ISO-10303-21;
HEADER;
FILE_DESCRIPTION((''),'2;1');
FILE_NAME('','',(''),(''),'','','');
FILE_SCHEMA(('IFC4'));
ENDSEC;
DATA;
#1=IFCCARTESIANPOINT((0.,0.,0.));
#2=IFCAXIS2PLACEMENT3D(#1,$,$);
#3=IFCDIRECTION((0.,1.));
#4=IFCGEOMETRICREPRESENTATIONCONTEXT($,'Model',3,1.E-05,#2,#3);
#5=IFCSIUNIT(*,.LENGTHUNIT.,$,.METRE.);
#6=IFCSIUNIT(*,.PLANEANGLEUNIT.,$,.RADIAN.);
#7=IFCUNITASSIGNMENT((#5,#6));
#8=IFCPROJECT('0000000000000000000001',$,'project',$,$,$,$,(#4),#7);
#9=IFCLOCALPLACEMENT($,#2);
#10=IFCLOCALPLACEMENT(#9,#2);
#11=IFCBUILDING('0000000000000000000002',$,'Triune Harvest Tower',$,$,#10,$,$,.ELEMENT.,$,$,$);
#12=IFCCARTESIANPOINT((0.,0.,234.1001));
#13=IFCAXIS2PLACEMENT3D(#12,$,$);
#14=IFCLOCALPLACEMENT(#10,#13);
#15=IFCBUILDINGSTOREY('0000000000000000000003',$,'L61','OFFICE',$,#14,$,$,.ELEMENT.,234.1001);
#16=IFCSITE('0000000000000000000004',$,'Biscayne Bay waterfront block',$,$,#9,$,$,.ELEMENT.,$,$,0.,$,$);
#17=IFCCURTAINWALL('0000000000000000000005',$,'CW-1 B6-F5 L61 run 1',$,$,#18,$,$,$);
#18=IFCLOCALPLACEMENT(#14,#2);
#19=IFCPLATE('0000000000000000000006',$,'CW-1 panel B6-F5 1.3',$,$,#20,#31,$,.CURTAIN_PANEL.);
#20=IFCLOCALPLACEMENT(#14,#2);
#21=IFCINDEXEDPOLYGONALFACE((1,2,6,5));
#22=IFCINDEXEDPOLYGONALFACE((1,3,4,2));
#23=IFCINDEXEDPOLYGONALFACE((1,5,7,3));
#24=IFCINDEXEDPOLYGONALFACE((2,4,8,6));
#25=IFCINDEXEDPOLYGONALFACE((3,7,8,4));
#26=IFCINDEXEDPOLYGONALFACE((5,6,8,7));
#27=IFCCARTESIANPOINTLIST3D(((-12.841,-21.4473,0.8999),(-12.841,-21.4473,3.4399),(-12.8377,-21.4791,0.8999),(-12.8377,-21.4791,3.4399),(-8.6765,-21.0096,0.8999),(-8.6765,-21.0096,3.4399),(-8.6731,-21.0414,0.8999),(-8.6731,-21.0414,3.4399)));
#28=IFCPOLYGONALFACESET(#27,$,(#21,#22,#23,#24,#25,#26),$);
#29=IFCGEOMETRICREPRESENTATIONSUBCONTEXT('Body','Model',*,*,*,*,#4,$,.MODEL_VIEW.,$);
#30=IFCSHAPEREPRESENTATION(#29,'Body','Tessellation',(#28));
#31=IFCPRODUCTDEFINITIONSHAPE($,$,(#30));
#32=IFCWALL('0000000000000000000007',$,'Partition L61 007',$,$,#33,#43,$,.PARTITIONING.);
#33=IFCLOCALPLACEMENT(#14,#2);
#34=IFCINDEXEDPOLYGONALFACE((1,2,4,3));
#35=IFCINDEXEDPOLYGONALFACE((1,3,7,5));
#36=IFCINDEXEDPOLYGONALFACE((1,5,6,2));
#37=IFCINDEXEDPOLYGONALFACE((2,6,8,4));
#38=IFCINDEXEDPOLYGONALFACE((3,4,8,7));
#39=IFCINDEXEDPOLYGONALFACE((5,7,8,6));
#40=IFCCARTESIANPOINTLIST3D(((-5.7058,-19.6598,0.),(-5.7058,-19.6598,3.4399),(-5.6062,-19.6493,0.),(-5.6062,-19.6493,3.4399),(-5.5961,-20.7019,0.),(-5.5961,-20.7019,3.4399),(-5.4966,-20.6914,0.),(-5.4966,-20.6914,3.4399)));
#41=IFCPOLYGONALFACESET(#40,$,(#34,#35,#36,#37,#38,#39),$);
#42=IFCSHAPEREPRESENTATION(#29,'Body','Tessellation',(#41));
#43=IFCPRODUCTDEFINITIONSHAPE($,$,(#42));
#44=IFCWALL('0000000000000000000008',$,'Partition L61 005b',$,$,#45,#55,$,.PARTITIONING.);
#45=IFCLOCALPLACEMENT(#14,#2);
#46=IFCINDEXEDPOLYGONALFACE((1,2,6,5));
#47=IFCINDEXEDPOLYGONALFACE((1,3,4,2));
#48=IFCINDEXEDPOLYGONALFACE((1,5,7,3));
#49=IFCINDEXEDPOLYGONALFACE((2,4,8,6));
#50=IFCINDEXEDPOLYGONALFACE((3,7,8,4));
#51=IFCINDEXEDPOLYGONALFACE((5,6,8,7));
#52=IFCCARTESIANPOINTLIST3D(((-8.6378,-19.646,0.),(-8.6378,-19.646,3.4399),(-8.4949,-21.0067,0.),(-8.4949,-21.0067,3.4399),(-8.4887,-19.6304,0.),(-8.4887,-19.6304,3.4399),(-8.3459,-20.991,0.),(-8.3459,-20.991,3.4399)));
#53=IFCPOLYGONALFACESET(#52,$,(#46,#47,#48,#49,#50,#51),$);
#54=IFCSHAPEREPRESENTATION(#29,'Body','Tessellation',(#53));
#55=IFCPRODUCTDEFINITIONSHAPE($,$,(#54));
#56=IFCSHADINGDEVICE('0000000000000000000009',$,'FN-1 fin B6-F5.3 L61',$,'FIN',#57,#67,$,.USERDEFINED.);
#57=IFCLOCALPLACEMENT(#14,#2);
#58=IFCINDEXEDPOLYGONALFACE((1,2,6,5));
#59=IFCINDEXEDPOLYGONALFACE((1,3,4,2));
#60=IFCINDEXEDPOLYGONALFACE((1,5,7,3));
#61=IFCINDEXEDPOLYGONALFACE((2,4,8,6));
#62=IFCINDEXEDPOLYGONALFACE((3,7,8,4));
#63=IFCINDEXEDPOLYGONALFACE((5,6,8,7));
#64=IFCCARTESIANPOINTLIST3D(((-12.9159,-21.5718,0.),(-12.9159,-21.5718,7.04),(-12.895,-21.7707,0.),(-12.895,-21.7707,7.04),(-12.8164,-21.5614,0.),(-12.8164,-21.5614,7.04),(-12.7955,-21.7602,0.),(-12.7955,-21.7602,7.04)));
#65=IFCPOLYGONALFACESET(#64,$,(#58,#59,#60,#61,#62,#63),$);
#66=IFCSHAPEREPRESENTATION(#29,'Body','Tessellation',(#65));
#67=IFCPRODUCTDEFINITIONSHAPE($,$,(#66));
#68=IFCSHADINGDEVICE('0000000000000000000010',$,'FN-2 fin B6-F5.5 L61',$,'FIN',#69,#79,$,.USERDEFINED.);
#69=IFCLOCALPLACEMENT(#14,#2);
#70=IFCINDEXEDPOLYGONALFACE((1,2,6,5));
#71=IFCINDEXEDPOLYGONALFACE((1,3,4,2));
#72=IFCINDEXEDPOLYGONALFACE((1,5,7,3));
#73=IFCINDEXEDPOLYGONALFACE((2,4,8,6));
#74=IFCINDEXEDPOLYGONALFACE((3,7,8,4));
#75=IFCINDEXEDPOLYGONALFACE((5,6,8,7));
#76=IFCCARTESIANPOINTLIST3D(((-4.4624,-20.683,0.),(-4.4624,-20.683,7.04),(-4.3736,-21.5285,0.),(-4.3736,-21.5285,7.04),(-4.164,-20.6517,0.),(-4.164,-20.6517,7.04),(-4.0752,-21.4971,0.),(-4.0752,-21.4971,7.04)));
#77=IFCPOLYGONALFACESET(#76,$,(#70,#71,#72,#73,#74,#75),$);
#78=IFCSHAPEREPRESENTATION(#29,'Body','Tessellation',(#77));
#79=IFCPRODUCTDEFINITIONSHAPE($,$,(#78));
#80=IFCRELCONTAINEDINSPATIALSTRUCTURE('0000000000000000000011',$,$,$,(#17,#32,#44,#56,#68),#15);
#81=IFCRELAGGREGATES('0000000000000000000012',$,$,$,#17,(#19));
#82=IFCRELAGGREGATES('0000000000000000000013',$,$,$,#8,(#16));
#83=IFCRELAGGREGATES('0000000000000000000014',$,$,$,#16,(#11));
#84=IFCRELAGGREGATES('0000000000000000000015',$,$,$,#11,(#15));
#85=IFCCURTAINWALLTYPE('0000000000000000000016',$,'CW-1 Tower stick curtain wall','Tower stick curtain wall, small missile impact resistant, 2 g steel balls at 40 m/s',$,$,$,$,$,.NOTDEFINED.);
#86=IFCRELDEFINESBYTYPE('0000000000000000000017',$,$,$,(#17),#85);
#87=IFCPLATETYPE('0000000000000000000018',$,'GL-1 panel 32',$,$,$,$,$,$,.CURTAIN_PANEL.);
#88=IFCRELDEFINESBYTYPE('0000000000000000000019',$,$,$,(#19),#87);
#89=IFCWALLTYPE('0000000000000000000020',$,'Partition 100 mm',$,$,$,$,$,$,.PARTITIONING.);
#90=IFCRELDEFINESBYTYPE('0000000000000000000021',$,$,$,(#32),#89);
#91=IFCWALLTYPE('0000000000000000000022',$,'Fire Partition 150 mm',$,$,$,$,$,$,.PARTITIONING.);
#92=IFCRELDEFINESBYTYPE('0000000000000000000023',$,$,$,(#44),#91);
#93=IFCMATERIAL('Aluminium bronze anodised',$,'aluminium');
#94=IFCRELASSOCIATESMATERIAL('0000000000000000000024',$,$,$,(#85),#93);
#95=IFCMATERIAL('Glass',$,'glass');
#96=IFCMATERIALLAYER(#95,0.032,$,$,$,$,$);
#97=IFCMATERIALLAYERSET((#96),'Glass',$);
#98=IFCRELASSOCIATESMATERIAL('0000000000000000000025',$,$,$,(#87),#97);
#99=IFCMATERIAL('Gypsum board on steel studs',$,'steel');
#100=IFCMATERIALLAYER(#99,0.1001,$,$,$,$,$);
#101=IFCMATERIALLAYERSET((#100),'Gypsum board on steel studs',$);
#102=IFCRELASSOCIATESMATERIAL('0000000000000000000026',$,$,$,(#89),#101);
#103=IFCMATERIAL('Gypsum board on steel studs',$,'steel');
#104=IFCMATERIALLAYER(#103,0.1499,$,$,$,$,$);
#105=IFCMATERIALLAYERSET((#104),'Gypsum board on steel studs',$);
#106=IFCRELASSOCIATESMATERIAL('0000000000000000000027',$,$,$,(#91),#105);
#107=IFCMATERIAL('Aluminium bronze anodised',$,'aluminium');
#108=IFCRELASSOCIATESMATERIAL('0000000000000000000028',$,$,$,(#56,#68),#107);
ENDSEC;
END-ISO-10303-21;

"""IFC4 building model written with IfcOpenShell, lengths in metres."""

from ifc_helpers import new_model, si_unit, direction, frame, frame_2d, origin, origin_2d, place, context, subcontext, project, spatial, rectangle, extrude, source, transform, mapped, material, layer, layer_set, type_object, element, aggregate, save


model = new_model("IFC4")

# Units and contexts
model_context = context("Model", 3, precision=1e-05, world=origin(), true_north=direction((0.0, 1.0)))
body_context = subcontext(model_context, "Body", "Model", "MODEL_VIEW")
ifc_project = project(units=[si_unit("LENGTHUNIT", "METRE"), si_unit("PLANEANGLEUNIT", "RADIAN")], contexts=[model_context])

# Site, building, storey
site_placement = place(None, origin())
site = spatial("IfcSite", under=ifc_project, at=site_placement, Name="Biscayne Bay waterfront block", CompositionType="ELEMENT", RefElevation=0.0)
building_placement = place(site_placement, origin())
building = spatial("IfcBuilding", under=site, at=building_placement, Name="Triune Harvest Tower", CompositionType="ELEMENT")
storey_placement = place(building_placement, frame((0.0, 0.0, 234.1001)))
storey = spatial("IfcBuildingStorey", under=building, at=storey_placement, Name="L61", Description="OFFICE", CompositionType="ELEMENT", Elevation=234.1001)

# Curtain wall
ifc_material_1 = material(Name="Aluminium bronze anodised", Category="aluminium")
curtain_wall_type_1 = type_object("IfcCurtainWallType", Name="CW-1 Tower stick curtain wall", Description="Tower stick curtain wall, small missile impact resistant, 2 g steel balls at 40 m/s", PredefinedType="NOTDEFINED", material=ifc_material_1)
curtain_wall_1_placement = place(storey_placement, origin())
curtain_wall_1 = element("IfcCurtainWall", 1, at=curtain_wall_1_placement, inside=storey, type_object=curtain_wall_type_1, Name="CW-1 B6-F5 L61 run 1")

# Plate
ifc_material_2 = material(Name="Glass", Category="glass")
ifc_layer_1 = layer(ifc_material_2, 0.032)
ifc_layer_set_1 = layer_set([ifc_layer_1], Name="Glass")
plate_type_1 = type_object("IfcPlateType", Name="GL-1 panel 32", PredefinedType="CURTAIN_PANEL", material=ifc_layer_set_1)
shared_shape_1 = source(origin(), body_context, "Body", "SweptSolid", [
    extrude(rectangle(XDim=4.1875, YDim=0.032, at=origin_2d()), origin(), (0.0, 0.0, 1.0), 2.54),
])
plate_1_placement = place(storey_placement, frame((-10.7571, -21.2444, 0.8999), z_axis=(0.0, 0.0, 1.0), x_axis=(0.994522, 0.104526, 0.0)))
plate_1 = element("IfcPlate", 2, at=plate_1_placement, type_object=plate_type_1, Name="CW-1 panel B6-F5 1.3", PredefinedType="CURTAIN_PANEL", context=body_context, shape_type="MappedRepresentation", body=[
    mapped(shared_shape_1, transform((0.0, 0.0, 0.0), scale=1.0)),
])
aggregate(curtain_wall_1, [plate_1])

# Walls
ifc_material_3 = material(Name="Gypsum board on steel studs", Category="steel")
ifc_layer_2 = layer(ifc_material_3, 0.1001)
ifc_layer_set_2 = layer_set([ifc_layer_2], Name="Gypsum board on steel studs")
wall_type_1 = type_object("IfcWallType", Name="Partition 100 mm", PredefinedType="PARTITIONING", material=ifc_layer_set_2)
shared_shape_2 = source(origin(), body_context, "Body", "SweptSolid", [
    extrude(rectangle(XDim=1.0479, YDim=0.1001, at=frame_2d((0.5239, 0.0))), origin(), (0.0, 0.0, 1.0), 3.4399),
])
wall_1_placement = place(storey_placement, frame((-5.656, -19.6545, 0.0), z_axis=(0.0, 0.0, 1.0), x_axis=(0.104624, -0.994512, 0.0)))
element("IfcWall", 3, at=wall_1_placement, inside=storey, type_object=wall_type_1, Name="Partition L61 007", PredefinedType="PARTITIONING", context=body_context, shape_type="MappedRepresentation", body=[
    mapped(shared_shape_2, transform((0.0, 0.0, 0.0), scale=1.0)),
])
ifc_material_4 = material(Name="Gypsum board on steel studs", Category="steel")
ifc_layer_3 = layer(ifc_material_4, 0.1499)
ifc_layer_set_3 = layer_set([ifc_layer_3], Name="Gypsum board on steel studs")
wall_type_2 = type_object("IfcWallType", Name="Fire Partition 150 mm", PredefinedType="PARTITIONING", material=ifc_layer_set_3)
shared_shape_3 = source(origin(), body_context, "Body", "SweptSolid", [
    extrude(rectangle(XDim=1.3682, YDim=0.1499, at=frame_2d((0.6841, 0.0))), origin(), (0.0, 0.0, 1.0), 3.4399),
])
wall_2_placement = place(storey_placement, frame((-8.5632, -19.6382, 0.0), z_axis=(0.0, 0.0, 1.0), x_axis=(0.104397, -0.994536, 0.0)))
element("IfcWall", 4, at=wall_2_placement, inside=storey, type_object=wall_type_2, Name="Partition L61 005b", PredefinedType="PARTITIONING", context=body_context, shape_type="MappedRepresentation", body=[
    mapped(shared_shape_3, transform((0.0, 0.0, 0.0), scale=1.0)),
])

# Shading devices
ifc_material_5 = material(Name="Aluminium bronze anodised", Category="aluminium")
shared_shape_4 = source(origin(), body_context, "Body", "SweptSolid", [
    extrude(rectangle(XDim=0.1001, YDim=0.2, at=origin_2d()), origin(), (0.0, 0.0, 1.0), 7.04),
])
shading_device_1_placement = place(storey_placement, frame((-12.8557, -21.666, 0.0), z_axis=(0.0, 0.0, 1.0), x_axis=(0.994522, 0.10453, 0.0)))
element("IfcShadingDevice", 5, at=shading_device_1_placement, inside=storey, material=ifc_material_5, Name="FN-1 fin B6-F5.3 L61", ObjectType="FIN", PredefinedType="USERDEFINED", context=body_context, shape_type="MappedRepresentation", body=[
    mapped(shared_shape_4, transform((0.0, 0.0, 0.0), scale=1.0)),
])
shared_shape_5 = source(origin(), body_context, "Body", "SweptSolid", [
    extrude(rectangle(XDim=0.3, YDim=0.8501, at=origin_2d()), origin(), (0.0, 0.0, 1.0), 7.04),
])
shading_device_2_placement = place(storey_placement, frame((-4.2688, -21.0901, 0.0), z_axis=(0.0, 0.0, 1.0), x_axis=(0.994522, 0.10453, 0.0)))
element("IfcShadingDevice", 6, at=shading_device_2_placement, inside=storey, material=ifc_material_5, Name="FN-2 fin B6-F5.5 L61", ObjectType="FIN", PredefinedType="USERDEFINED", context=body_context, shape_type="MappedRepresentation", body=[
    mapped(shared_shape_5, transform((0.0, 0.0, 0.0), scale=1.0)),
])

save(model, "model.ifc")
